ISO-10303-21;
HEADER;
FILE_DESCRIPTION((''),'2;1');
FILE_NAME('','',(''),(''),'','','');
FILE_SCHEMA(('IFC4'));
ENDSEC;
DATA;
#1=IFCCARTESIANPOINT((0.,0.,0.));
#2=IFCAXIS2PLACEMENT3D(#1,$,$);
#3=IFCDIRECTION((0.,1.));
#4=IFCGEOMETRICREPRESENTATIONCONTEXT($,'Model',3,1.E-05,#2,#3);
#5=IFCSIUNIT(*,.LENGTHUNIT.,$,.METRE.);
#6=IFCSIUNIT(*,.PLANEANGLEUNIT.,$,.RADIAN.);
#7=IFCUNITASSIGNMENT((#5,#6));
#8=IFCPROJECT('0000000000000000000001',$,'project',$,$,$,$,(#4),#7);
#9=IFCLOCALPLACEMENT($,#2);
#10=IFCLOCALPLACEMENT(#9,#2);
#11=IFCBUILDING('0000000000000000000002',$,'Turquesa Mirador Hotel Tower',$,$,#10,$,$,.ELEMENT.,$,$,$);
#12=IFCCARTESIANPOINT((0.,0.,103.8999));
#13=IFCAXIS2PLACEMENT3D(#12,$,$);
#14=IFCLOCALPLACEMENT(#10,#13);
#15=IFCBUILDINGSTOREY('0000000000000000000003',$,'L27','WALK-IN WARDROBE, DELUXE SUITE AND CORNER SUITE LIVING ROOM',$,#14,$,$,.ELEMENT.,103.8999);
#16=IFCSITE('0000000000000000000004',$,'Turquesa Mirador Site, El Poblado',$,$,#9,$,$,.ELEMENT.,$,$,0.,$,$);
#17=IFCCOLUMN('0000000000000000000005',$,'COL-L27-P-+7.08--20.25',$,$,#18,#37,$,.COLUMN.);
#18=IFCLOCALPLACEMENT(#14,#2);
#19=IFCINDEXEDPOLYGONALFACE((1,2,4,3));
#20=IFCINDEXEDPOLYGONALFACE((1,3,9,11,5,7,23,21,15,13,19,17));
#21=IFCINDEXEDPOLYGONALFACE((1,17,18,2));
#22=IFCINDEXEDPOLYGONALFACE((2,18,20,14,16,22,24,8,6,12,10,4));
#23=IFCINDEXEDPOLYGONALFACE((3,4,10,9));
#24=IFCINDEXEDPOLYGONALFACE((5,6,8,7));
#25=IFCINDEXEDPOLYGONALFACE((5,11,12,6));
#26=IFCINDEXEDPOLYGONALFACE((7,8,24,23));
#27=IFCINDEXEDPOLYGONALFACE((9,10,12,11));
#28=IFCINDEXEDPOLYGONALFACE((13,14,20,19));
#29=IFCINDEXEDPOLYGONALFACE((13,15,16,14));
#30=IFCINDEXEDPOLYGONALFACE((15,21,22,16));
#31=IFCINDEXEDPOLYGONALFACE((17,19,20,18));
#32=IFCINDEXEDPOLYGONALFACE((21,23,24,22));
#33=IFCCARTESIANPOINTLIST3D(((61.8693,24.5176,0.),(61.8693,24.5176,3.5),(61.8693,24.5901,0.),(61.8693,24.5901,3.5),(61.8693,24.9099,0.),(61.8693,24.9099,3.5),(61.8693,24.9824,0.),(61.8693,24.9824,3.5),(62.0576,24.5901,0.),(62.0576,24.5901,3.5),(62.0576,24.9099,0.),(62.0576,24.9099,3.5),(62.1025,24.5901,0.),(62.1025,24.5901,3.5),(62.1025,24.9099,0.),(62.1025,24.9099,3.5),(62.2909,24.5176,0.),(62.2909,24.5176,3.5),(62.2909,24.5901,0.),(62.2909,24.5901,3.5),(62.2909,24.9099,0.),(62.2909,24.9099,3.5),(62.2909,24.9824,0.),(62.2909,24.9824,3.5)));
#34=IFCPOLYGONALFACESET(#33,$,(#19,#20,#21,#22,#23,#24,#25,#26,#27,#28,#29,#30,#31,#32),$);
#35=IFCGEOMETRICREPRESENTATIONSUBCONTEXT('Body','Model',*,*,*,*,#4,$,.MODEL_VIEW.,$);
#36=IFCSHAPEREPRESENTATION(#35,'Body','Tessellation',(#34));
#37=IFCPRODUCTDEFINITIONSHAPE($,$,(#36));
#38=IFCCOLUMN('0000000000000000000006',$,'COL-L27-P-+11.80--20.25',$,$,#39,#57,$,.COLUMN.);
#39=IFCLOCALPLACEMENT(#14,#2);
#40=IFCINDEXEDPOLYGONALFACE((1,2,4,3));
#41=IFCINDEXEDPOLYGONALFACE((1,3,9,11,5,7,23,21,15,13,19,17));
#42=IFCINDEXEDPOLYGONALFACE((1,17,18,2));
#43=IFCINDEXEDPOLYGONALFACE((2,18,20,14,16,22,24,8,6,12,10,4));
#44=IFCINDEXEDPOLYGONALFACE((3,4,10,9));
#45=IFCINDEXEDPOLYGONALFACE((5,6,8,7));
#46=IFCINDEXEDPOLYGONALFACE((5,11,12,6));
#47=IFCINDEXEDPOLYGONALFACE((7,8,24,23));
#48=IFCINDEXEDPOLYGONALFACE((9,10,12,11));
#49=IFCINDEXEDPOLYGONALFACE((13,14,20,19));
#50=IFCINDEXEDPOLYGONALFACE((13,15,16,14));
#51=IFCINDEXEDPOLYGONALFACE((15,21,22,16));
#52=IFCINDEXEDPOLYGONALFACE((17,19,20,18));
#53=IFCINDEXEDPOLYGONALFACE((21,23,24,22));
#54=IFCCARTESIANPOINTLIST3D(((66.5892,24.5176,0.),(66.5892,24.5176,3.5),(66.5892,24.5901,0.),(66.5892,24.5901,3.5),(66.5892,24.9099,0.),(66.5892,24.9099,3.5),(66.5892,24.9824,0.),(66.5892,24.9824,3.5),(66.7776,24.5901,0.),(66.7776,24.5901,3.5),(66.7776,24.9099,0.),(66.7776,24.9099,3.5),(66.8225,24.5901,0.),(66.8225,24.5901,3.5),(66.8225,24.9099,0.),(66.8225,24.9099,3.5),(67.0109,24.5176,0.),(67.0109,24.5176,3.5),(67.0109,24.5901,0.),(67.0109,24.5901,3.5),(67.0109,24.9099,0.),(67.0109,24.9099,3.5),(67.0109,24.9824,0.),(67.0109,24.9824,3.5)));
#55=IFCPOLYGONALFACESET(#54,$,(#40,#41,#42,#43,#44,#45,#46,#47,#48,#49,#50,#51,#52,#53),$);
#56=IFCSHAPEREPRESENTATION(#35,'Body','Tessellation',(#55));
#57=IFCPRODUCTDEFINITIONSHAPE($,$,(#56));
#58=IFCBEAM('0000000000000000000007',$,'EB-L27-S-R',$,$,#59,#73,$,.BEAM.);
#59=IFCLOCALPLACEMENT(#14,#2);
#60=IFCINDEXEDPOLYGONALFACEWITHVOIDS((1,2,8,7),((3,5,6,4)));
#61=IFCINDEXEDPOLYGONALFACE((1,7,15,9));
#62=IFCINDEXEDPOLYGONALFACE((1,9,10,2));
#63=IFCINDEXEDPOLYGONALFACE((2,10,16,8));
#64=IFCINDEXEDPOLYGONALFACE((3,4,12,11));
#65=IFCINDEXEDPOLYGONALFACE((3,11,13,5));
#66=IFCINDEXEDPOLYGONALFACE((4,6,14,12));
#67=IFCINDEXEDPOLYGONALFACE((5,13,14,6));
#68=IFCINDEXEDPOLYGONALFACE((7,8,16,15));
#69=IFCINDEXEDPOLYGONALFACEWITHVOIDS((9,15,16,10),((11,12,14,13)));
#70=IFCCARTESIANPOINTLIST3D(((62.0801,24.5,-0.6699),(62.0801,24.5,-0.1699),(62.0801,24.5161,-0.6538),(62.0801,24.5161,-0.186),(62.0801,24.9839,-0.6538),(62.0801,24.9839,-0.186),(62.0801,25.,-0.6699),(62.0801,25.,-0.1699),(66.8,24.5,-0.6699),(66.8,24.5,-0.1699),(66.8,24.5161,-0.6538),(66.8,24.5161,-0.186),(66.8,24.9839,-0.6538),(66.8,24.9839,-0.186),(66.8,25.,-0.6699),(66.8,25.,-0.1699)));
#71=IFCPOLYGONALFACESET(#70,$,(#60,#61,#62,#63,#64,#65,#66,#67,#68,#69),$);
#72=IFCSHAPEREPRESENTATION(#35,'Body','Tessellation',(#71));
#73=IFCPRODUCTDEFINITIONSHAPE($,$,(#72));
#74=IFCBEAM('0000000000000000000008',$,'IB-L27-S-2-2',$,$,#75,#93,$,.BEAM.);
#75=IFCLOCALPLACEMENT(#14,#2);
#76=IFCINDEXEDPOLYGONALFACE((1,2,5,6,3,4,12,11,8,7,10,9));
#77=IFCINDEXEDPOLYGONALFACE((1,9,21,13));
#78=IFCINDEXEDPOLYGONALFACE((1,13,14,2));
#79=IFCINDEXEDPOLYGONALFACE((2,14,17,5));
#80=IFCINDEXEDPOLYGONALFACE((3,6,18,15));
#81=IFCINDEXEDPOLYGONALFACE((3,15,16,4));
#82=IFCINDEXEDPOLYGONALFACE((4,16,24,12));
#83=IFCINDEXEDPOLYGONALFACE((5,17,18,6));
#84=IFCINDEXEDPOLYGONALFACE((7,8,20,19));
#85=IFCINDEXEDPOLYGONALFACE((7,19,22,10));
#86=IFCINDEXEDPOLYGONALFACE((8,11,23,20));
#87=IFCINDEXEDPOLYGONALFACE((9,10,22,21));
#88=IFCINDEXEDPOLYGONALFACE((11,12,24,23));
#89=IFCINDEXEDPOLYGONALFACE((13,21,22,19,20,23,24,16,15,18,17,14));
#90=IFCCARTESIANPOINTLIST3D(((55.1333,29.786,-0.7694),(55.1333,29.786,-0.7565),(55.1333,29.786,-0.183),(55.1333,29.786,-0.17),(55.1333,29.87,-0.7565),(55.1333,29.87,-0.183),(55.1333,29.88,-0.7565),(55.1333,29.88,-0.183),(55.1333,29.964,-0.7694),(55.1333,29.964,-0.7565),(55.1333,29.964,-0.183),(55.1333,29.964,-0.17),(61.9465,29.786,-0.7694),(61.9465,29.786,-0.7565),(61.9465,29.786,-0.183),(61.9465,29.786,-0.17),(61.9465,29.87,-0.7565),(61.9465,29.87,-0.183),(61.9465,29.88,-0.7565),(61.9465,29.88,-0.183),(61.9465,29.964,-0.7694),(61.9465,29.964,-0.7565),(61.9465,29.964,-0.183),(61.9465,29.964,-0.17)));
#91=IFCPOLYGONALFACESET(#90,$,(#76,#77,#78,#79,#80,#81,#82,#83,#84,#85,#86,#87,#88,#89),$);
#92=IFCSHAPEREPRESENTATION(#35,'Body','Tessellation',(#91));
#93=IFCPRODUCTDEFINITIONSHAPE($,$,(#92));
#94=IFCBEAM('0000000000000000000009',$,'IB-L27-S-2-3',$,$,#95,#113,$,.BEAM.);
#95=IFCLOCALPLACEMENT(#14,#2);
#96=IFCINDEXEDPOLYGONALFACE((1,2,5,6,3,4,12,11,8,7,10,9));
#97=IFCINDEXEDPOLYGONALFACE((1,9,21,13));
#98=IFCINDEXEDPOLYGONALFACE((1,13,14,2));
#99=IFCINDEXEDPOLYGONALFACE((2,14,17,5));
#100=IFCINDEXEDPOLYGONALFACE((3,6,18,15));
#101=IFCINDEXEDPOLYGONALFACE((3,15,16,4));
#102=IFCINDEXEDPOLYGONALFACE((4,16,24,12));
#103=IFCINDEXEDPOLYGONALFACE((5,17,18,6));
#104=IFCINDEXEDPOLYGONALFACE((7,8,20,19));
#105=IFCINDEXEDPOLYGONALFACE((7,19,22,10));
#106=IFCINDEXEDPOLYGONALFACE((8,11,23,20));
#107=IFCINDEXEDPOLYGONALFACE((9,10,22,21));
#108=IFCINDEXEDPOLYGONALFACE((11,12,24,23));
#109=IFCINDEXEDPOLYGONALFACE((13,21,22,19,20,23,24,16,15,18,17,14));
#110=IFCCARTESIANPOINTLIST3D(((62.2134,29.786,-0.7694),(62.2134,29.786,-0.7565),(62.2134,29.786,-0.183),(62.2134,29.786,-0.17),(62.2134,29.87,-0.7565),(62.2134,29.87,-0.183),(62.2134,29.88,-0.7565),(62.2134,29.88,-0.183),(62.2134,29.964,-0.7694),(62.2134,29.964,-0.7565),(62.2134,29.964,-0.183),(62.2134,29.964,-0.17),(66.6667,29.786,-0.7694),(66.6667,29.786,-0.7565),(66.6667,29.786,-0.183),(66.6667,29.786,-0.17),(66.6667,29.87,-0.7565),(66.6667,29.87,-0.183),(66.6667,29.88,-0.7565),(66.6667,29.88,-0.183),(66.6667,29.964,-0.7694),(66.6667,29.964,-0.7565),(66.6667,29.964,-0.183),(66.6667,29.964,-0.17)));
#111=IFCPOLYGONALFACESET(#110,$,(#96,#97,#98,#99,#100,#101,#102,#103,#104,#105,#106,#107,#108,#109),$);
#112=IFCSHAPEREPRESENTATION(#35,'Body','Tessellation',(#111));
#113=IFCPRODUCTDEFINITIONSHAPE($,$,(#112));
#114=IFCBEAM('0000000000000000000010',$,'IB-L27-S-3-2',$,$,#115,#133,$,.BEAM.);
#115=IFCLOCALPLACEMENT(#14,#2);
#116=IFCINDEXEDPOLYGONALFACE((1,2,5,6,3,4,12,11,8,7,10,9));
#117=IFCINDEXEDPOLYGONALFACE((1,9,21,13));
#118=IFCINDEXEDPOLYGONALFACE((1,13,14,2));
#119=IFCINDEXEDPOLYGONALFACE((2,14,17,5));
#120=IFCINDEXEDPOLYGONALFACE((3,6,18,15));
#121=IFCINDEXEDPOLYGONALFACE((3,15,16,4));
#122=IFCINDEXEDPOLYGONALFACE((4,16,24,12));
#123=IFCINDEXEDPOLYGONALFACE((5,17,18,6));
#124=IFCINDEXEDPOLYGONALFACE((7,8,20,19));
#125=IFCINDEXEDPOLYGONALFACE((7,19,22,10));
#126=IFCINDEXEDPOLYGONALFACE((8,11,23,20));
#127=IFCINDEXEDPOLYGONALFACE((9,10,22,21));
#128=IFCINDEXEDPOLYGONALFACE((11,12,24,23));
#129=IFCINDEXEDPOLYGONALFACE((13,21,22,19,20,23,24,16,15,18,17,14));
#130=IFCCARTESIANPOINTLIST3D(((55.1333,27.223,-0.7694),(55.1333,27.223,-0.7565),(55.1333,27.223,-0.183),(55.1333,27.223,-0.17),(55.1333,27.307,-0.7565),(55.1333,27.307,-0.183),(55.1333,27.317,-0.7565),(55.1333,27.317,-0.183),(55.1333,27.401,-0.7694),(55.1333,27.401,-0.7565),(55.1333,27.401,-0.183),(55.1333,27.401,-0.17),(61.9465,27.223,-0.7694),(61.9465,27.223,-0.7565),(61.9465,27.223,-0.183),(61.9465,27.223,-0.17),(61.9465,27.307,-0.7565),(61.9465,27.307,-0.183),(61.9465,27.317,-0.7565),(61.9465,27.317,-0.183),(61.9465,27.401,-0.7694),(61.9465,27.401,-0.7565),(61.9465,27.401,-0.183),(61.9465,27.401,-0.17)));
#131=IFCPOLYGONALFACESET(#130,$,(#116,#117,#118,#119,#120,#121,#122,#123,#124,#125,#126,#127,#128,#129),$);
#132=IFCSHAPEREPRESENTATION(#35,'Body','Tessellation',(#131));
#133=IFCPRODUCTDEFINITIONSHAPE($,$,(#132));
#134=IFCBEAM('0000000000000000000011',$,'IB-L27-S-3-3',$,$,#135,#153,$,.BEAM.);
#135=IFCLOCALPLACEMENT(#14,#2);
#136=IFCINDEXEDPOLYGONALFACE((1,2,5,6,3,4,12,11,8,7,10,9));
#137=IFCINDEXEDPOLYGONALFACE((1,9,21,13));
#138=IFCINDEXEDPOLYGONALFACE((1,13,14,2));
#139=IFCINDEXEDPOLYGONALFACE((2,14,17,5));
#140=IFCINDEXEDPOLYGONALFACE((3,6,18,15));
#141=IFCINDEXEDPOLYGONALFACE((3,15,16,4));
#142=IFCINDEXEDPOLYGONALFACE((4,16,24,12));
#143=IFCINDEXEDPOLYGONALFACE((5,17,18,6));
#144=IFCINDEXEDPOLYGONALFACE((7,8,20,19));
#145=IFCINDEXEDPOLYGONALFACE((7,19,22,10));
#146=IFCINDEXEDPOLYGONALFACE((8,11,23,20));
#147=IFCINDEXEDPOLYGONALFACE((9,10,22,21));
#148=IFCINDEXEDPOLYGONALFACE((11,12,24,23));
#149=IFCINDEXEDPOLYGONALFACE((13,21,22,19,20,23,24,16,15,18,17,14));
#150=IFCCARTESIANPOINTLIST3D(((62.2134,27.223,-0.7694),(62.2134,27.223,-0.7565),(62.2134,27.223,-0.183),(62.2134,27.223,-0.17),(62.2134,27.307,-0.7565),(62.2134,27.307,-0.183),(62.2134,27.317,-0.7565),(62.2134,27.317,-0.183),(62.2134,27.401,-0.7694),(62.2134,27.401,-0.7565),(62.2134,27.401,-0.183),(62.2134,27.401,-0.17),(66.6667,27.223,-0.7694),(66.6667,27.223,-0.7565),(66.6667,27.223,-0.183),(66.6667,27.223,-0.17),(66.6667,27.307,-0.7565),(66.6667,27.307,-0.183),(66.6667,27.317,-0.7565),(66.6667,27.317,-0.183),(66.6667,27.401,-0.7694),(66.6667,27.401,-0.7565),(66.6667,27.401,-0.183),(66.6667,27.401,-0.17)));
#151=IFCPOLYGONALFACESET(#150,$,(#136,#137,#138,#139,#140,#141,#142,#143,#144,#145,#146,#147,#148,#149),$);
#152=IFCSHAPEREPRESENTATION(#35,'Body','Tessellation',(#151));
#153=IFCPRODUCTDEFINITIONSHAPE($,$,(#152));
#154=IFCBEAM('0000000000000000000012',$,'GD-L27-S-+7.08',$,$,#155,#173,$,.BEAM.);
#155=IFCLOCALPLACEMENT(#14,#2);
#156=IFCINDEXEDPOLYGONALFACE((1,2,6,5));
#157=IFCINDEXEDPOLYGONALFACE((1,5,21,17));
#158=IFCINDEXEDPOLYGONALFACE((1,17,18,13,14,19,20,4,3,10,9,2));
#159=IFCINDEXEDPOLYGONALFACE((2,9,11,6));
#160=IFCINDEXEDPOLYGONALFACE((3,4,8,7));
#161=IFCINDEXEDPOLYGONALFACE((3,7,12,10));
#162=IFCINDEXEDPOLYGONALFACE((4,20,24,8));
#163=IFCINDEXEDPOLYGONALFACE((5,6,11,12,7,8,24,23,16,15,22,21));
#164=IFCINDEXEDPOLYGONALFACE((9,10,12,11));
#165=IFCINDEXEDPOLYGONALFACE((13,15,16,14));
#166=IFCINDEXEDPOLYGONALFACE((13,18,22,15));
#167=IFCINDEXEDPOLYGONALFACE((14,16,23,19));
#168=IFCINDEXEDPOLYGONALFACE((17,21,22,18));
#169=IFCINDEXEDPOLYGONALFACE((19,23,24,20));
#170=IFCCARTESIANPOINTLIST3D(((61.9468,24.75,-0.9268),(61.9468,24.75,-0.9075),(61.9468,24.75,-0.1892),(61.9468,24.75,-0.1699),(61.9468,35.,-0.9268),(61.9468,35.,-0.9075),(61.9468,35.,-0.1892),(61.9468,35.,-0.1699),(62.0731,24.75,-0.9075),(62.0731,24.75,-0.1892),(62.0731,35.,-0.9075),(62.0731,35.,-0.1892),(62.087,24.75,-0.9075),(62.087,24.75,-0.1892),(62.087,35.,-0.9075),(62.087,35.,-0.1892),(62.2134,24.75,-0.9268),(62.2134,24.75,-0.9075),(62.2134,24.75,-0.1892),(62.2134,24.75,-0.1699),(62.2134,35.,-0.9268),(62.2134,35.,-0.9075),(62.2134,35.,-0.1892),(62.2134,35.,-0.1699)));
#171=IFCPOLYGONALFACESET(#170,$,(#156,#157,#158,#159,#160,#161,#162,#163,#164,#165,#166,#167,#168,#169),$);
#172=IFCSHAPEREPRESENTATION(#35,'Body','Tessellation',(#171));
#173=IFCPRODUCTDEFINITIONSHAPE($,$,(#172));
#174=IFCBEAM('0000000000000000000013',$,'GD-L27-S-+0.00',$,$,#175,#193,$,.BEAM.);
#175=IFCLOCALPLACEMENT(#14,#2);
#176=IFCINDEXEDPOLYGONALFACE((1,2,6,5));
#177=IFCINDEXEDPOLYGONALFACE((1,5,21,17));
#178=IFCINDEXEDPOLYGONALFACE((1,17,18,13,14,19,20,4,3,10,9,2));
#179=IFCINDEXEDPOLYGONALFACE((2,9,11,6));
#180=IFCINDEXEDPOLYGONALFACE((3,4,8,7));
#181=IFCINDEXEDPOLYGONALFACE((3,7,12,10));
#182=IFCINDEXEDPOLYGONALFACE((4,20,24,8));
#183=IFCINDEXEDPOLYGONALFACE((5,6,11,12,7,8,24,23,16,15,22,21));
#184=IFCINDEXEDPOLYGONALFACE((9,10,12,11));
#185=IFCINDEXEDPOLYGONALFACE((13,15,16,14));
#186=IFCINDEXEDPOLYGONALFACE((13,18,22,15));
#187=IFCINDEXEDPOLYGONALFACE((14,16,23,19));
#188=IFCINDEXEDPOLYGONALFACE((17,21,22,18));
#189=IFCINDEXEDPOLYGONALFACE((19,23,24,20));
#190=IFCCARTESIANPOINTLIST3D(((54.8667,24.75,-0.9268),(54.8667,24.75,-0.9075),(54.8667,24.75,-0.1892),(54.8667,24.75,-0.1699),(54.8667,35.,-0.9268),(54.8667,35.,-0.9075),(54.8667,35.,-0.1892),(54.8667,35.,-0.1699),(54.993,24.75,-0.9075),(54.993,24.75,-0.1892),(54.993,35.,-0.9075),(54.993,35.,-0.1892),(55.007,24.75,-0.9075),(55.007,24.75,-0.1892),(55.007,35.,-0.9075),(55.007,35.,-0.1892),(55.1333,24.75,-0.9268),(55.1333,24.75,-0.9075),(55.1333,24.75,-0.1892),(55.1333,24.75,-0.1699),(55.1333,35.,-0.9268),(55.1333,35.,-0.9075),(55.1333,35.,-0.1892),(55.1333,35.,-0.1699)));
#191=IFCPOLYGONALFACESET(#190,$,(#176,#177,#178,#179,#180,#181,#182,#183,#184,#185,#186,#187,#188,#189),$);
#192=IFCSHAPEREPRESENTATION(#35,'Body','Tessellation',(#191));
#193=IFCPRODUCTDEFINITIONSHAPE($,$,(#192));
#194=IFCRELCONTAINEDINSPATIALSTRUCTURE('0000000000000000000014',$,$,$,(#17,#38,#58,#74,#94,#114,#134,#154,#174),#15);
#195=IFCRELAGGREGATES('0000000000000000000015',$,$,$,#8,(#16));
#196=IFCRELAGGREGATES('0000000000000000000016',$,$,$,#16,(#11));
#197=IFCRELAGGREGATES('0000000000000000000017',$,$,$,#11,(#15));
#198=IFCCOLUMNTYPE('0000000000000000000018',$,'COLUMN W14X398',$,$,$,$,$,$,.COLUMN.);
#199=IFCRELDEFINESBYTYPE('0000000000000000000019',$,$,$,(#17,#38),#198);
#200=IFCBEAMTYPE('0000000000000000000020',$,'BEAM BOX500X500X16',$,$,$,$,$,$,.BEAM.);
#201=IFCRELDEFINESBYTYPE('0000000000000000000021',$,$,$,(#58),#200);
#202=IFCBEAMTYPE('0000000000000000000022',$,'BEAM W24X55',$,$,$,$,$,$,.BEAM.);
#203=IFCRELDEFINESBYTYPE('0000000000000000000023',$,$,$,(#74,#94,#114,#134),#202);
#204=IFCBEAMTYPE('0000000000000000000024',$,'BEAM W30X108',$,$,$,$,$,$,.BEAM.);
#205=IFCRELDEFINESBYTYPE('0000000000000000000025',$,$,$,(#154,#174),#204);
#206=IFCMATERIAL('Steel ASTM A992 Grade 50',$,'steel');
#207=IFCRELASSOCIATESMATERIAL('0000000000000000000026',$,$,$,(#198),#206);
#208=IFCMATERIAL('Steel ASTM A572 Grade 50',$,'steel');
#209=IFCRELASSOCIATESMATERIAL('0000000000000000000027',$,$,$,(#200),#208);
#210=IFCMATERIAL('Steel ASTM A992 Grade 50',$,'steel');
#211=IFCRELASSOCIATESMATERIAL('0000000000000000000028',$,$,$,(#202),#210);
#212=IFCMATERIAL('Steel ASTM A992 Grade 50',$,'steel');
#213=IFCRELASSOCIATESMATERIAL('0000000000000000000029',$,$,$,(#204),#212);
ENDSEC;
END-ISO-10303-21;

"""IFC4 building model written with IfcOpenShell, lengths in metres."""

from ifc_helpers import new_model, si_unit, direction, frame, origin, origin_2d, place, context, subcontext, project, spatial, hollow_rectangle, i_section, extrude, material, material_profile, profile_set, type_object, element, save


model = new_model("IFC4")

# Units and contexts
model_context = context("Model", 3, precision=1e-05, world=origin(), true_north=direction((0.0, 1.0)))
body_context = subcontext(model_context, "Body", "Model", "MODEL_VIEW")
ifc_project = project(units=[si_unit("LENGTHUNIT", "METRE"), si_unit("PLANEANGLEUNIT", "RADIAN")], contexts=[model_context])

# Site, building, storey
site_placement = place(None, origin())
site = spatial("IfcSite", under=ifc_project, at=site_placement, Name="Turquesa Mirador Site, El Poblado", CompositionType="ELEMENT", RefElevation=0.0)
building_placement = place(site_placement, origin())
building = spatial("IfcBuilding", under=site, at=building_placement, Name="Turquesa Mirador Hotel Tower", CompositionType="ELEMENT")
storey_placement = place(building_placement, frame((0.0, 0.0, 103.8999)))
storey = spatial("IfcBuildingStorey", under=building, at=storey_placement, Name="L27", Description="WALK-IN WARDROBE, DELUXE SUITE AND CORNER SUITE LIVING ROOM", CompositionType="ELEMENT", Elevation=103.8999)

# Columns
ifc_material_1 = material(Name="Steel ASTM A992 Grade 50", Category="steel")
ifc_material_profile_1 = material_profile(ifc_material_1, i_section(OverallWidth=0.4216, OverallDepth=0.4648, WebThickness=0.0449, FlangeThickness=0.0725, at=origin_2d()), Name="W14X398")
ifc_profile_set_1 = profile_set([ifc_material_profile_1], Name="Steel ASTM A992 Grade 50")
column_type = type_object("IfcColumnType", Name="COLUMN W14X398", PredefinedType="COLUMN", material=ifc_profile_set_1)
for number, where, z_axis, x_axis, name in (
    (1, (62.0801, 24.75, 0.0), (0.0, 0.0, 1.0), (1.0, 0.0, 0.0), "COL-L27-P-+7.08--20.25"),
    (2, (66.8, 24.75, 0.0), (0.0, 0.0, 1.0), (1.0, 0.0, 0.0), "COL-L27-P-+11.80--20.25"),
):
    element("IfcColumn", number, at=place(storey_placement, frame(where, z_axis=z_axis, x_axis=x_axis)), inside=storey, type_object=column_type, Name=name, PredefinedType="COLUMN", context=body_context, shape_type="SweptSolid", body=[
        extrude(i_section(OverallWidth=0.4216, OverallDepth=0.4648, WebThickness=0.0449, FlangeThickness=0.0725, at=origin_2d()), origin(), (0.0, 0.0, 1.0), 3.5),
    ])

# Beams
ifc_material_2 = material(Name="Steel ASTM A572 Grade 50", Category="steel")
ifc_material_profile_2 = material_profile(ifc_material_2, hollow_rectangle(XDim=0.5, YDim=0.5, WallThickness=0.0161, at=origin_2d()), Name="BOX500X500X16")
ifc_profile_set_2 = profile_set([ifc_material_profile_2], Name="Steel ASTM A572 Grade 50")
beam_type_1 = type_object("IfcBeamType", Name="BEAM BOX500X500X16", PredefinedType="BEAM", material=ifc_profile_set_2)
beam_1_placement = place(storey_placement, frame((62.0801, 24.75, -0.4199), z_axis=(1.0, 0.0, 0.0), x_axis=(0.0, 1.0, 0.0)))
element("IfcBeam", 3, at=beam_1_placement, inside=storey, type_object=beam_type_1, Name="EB-L27-S-R", PredefinedType="BEAM", context=body_context, shape_type="SweptSolid", body=[
    extrude(hollow_rectangle(XDim=0.5, YDim=0.5, WallThickness=0.0161, at=origin_2d()), origin(), (0.0, 0.0, 1.0), 4.72),
])
ifc_material_3 = material(Name="Steel ASTM A992 Grade 50", Category="steel")
ifc_material_profile_3 = material_profile(ifc_material_3, i_section(OverallWidth=0.178, OverallDepth=0.5994, WebThickness=0.01, FlangeThickness=0.0129, at=origin_2d()), Name="W24X55")
ifc_profile_set_3 = profile_set([ifc_material_profile_3], Name="Steel ASTM A992 Grade 50")
beam_type_2 = type_object("IfcBeamType", Name="BEAM W24X55", PredefinedType="BEAM", material=ifc_profile_set_3)
beam_2_placement = place(storey_placement, frame((55.1333, 29.875, -0.4697), z_axis=(1.0, 0.0, 0.0), x_axis=(0.0, 1.0, 0.0)))
element("IfcBeam", 4, at=beam_2_placement, inside=storey, type_object=beam_type_2, Name="IB-L27-S-2-2", PredefinedType="BEAM", context=body_context, shape_type="SweptSolid", body=[
    extrude(i_section(OverallWidth=0.178, OverallDepth=0.5994, WebThickness=0.01, FlangeThickness=0.0129, at=origin_2d()), origin(), (0.0, 0.0, 1.0), 6.8132),
])
beam_3_placement = place(storey_placement, frame((62.2134, 29.875, -0.4697), z_axis=(1.0, 0.0, 0.0), x_axis=(0.0, 1.0, 0.0)))
element("IfcBeam", 5, at=beam_3_placement, inside=storey, type_object=beam_type_2, Name="IB-L27-S-2-3", PredefinedType="BEAM", context=body_context, shape_type="SweptSolid", body=[
    extrude(i_section(OverallWidth=0.178, OverallDepth=0.5994, WebThickness=0.01, FlangeThickness=0.0129, at=origin_2d()), origin(), (0.0, 0.0, 1.0), 4.4534),
])
beam_4_placement = place(storey_placement, frame((55.1333, 27.312, -0.4697), z_axis=(1.0, 0.0, 0.0), x_axis=(0.0, 1.0, 0.0)))
element("IfcBeam", 6, at=beam_4_placement, inside=storey, type_object=beam_type_2, Name="IB-L27-S-3-2", PredefinedType="BEAM", context=body_context, shape_type="SweptSolid", body=[
    extrude(i_section(OverallWidth=0.178, OverallDepth=0.5994, WebThickness=0.01, FlangeThickness=0.0129, at=origin_2d()), origin(), (0.0, 0.0, 1.0), 6.8132),
])
beam_5_placement = place(storey_placement, frame((62.2134, 27.312, -0.4697), z_axis=(1.0, 0.0, 0.0), x_axis=(0.0, 1.0, 0.0)))
element("IfcBeam", 7, at=beam_5_placement, inside=storey, type_object=beam_type_2, Name="IB-L27-S-3-3", PredefinedType="BEAM", context=body_context, shape_type="SweptSolid", body=[
    extrude(i_section(OverallWidth=0.178, OverallDepth=0.5994, WebThickness=0.01, FlangeThickness=0.0129, at=origin_2d()), origin(), (0.0, 0.0, 1.0), 4.4534),
])
ifc_material_4 = material(Name="Steel ASTM A992 Grade 50", Category="steel")
ifc_material_profile_4 = material_profile(ifc_material_4, i_section(OverallWidth=0.2666, OverallDepth=0.7568, WebThickness=0.0139, FlangeThickness=0.0193, at=origin_2d()), Name="W30X108")
ifc_profile_set_4 = profile_set([ifc_material_profile_4], Name="Steel ASTM A992 Grade 50")
beam_type_3 = type_object("IfcBeamType", Name="BEAM W30X108", PredefinedType="BEAM", material=ifc_profile_set_4)
for number, where, z_axis, x_axis, name in (
    (8, (62.0801, 24.75, -0.5483), (0.0, 1.0, 0.0), (-1.0, 0.0, 0.0), "GD-L27-S-+7.08"),
    (9, (55.0, 24.75, -0.5483), (0.0, 1.0, 0.0), (-1.0, 0.0, 0.0), "GD-L27-S-+0.00"),
):
    element("IfcBeam", number, at=place(storey_placement, frame(where, z_axis=z_axis, x_axis=x_axis)), inside=storey, type_object=beam_type_3, Name=name, PredefinedType="BEAM", context=body_context, shape_type="SweptSolid", body=[
        extrude(i_section(OverallWidth=0.2666, OverallDepth=0.7568, WebThickness=0.0139, FlangeThickness=0.0193, at=origin_2d()), origin(), (0.0, 0.0, 1.0), 10.25),
    ])

save(model, "model.ifc")
